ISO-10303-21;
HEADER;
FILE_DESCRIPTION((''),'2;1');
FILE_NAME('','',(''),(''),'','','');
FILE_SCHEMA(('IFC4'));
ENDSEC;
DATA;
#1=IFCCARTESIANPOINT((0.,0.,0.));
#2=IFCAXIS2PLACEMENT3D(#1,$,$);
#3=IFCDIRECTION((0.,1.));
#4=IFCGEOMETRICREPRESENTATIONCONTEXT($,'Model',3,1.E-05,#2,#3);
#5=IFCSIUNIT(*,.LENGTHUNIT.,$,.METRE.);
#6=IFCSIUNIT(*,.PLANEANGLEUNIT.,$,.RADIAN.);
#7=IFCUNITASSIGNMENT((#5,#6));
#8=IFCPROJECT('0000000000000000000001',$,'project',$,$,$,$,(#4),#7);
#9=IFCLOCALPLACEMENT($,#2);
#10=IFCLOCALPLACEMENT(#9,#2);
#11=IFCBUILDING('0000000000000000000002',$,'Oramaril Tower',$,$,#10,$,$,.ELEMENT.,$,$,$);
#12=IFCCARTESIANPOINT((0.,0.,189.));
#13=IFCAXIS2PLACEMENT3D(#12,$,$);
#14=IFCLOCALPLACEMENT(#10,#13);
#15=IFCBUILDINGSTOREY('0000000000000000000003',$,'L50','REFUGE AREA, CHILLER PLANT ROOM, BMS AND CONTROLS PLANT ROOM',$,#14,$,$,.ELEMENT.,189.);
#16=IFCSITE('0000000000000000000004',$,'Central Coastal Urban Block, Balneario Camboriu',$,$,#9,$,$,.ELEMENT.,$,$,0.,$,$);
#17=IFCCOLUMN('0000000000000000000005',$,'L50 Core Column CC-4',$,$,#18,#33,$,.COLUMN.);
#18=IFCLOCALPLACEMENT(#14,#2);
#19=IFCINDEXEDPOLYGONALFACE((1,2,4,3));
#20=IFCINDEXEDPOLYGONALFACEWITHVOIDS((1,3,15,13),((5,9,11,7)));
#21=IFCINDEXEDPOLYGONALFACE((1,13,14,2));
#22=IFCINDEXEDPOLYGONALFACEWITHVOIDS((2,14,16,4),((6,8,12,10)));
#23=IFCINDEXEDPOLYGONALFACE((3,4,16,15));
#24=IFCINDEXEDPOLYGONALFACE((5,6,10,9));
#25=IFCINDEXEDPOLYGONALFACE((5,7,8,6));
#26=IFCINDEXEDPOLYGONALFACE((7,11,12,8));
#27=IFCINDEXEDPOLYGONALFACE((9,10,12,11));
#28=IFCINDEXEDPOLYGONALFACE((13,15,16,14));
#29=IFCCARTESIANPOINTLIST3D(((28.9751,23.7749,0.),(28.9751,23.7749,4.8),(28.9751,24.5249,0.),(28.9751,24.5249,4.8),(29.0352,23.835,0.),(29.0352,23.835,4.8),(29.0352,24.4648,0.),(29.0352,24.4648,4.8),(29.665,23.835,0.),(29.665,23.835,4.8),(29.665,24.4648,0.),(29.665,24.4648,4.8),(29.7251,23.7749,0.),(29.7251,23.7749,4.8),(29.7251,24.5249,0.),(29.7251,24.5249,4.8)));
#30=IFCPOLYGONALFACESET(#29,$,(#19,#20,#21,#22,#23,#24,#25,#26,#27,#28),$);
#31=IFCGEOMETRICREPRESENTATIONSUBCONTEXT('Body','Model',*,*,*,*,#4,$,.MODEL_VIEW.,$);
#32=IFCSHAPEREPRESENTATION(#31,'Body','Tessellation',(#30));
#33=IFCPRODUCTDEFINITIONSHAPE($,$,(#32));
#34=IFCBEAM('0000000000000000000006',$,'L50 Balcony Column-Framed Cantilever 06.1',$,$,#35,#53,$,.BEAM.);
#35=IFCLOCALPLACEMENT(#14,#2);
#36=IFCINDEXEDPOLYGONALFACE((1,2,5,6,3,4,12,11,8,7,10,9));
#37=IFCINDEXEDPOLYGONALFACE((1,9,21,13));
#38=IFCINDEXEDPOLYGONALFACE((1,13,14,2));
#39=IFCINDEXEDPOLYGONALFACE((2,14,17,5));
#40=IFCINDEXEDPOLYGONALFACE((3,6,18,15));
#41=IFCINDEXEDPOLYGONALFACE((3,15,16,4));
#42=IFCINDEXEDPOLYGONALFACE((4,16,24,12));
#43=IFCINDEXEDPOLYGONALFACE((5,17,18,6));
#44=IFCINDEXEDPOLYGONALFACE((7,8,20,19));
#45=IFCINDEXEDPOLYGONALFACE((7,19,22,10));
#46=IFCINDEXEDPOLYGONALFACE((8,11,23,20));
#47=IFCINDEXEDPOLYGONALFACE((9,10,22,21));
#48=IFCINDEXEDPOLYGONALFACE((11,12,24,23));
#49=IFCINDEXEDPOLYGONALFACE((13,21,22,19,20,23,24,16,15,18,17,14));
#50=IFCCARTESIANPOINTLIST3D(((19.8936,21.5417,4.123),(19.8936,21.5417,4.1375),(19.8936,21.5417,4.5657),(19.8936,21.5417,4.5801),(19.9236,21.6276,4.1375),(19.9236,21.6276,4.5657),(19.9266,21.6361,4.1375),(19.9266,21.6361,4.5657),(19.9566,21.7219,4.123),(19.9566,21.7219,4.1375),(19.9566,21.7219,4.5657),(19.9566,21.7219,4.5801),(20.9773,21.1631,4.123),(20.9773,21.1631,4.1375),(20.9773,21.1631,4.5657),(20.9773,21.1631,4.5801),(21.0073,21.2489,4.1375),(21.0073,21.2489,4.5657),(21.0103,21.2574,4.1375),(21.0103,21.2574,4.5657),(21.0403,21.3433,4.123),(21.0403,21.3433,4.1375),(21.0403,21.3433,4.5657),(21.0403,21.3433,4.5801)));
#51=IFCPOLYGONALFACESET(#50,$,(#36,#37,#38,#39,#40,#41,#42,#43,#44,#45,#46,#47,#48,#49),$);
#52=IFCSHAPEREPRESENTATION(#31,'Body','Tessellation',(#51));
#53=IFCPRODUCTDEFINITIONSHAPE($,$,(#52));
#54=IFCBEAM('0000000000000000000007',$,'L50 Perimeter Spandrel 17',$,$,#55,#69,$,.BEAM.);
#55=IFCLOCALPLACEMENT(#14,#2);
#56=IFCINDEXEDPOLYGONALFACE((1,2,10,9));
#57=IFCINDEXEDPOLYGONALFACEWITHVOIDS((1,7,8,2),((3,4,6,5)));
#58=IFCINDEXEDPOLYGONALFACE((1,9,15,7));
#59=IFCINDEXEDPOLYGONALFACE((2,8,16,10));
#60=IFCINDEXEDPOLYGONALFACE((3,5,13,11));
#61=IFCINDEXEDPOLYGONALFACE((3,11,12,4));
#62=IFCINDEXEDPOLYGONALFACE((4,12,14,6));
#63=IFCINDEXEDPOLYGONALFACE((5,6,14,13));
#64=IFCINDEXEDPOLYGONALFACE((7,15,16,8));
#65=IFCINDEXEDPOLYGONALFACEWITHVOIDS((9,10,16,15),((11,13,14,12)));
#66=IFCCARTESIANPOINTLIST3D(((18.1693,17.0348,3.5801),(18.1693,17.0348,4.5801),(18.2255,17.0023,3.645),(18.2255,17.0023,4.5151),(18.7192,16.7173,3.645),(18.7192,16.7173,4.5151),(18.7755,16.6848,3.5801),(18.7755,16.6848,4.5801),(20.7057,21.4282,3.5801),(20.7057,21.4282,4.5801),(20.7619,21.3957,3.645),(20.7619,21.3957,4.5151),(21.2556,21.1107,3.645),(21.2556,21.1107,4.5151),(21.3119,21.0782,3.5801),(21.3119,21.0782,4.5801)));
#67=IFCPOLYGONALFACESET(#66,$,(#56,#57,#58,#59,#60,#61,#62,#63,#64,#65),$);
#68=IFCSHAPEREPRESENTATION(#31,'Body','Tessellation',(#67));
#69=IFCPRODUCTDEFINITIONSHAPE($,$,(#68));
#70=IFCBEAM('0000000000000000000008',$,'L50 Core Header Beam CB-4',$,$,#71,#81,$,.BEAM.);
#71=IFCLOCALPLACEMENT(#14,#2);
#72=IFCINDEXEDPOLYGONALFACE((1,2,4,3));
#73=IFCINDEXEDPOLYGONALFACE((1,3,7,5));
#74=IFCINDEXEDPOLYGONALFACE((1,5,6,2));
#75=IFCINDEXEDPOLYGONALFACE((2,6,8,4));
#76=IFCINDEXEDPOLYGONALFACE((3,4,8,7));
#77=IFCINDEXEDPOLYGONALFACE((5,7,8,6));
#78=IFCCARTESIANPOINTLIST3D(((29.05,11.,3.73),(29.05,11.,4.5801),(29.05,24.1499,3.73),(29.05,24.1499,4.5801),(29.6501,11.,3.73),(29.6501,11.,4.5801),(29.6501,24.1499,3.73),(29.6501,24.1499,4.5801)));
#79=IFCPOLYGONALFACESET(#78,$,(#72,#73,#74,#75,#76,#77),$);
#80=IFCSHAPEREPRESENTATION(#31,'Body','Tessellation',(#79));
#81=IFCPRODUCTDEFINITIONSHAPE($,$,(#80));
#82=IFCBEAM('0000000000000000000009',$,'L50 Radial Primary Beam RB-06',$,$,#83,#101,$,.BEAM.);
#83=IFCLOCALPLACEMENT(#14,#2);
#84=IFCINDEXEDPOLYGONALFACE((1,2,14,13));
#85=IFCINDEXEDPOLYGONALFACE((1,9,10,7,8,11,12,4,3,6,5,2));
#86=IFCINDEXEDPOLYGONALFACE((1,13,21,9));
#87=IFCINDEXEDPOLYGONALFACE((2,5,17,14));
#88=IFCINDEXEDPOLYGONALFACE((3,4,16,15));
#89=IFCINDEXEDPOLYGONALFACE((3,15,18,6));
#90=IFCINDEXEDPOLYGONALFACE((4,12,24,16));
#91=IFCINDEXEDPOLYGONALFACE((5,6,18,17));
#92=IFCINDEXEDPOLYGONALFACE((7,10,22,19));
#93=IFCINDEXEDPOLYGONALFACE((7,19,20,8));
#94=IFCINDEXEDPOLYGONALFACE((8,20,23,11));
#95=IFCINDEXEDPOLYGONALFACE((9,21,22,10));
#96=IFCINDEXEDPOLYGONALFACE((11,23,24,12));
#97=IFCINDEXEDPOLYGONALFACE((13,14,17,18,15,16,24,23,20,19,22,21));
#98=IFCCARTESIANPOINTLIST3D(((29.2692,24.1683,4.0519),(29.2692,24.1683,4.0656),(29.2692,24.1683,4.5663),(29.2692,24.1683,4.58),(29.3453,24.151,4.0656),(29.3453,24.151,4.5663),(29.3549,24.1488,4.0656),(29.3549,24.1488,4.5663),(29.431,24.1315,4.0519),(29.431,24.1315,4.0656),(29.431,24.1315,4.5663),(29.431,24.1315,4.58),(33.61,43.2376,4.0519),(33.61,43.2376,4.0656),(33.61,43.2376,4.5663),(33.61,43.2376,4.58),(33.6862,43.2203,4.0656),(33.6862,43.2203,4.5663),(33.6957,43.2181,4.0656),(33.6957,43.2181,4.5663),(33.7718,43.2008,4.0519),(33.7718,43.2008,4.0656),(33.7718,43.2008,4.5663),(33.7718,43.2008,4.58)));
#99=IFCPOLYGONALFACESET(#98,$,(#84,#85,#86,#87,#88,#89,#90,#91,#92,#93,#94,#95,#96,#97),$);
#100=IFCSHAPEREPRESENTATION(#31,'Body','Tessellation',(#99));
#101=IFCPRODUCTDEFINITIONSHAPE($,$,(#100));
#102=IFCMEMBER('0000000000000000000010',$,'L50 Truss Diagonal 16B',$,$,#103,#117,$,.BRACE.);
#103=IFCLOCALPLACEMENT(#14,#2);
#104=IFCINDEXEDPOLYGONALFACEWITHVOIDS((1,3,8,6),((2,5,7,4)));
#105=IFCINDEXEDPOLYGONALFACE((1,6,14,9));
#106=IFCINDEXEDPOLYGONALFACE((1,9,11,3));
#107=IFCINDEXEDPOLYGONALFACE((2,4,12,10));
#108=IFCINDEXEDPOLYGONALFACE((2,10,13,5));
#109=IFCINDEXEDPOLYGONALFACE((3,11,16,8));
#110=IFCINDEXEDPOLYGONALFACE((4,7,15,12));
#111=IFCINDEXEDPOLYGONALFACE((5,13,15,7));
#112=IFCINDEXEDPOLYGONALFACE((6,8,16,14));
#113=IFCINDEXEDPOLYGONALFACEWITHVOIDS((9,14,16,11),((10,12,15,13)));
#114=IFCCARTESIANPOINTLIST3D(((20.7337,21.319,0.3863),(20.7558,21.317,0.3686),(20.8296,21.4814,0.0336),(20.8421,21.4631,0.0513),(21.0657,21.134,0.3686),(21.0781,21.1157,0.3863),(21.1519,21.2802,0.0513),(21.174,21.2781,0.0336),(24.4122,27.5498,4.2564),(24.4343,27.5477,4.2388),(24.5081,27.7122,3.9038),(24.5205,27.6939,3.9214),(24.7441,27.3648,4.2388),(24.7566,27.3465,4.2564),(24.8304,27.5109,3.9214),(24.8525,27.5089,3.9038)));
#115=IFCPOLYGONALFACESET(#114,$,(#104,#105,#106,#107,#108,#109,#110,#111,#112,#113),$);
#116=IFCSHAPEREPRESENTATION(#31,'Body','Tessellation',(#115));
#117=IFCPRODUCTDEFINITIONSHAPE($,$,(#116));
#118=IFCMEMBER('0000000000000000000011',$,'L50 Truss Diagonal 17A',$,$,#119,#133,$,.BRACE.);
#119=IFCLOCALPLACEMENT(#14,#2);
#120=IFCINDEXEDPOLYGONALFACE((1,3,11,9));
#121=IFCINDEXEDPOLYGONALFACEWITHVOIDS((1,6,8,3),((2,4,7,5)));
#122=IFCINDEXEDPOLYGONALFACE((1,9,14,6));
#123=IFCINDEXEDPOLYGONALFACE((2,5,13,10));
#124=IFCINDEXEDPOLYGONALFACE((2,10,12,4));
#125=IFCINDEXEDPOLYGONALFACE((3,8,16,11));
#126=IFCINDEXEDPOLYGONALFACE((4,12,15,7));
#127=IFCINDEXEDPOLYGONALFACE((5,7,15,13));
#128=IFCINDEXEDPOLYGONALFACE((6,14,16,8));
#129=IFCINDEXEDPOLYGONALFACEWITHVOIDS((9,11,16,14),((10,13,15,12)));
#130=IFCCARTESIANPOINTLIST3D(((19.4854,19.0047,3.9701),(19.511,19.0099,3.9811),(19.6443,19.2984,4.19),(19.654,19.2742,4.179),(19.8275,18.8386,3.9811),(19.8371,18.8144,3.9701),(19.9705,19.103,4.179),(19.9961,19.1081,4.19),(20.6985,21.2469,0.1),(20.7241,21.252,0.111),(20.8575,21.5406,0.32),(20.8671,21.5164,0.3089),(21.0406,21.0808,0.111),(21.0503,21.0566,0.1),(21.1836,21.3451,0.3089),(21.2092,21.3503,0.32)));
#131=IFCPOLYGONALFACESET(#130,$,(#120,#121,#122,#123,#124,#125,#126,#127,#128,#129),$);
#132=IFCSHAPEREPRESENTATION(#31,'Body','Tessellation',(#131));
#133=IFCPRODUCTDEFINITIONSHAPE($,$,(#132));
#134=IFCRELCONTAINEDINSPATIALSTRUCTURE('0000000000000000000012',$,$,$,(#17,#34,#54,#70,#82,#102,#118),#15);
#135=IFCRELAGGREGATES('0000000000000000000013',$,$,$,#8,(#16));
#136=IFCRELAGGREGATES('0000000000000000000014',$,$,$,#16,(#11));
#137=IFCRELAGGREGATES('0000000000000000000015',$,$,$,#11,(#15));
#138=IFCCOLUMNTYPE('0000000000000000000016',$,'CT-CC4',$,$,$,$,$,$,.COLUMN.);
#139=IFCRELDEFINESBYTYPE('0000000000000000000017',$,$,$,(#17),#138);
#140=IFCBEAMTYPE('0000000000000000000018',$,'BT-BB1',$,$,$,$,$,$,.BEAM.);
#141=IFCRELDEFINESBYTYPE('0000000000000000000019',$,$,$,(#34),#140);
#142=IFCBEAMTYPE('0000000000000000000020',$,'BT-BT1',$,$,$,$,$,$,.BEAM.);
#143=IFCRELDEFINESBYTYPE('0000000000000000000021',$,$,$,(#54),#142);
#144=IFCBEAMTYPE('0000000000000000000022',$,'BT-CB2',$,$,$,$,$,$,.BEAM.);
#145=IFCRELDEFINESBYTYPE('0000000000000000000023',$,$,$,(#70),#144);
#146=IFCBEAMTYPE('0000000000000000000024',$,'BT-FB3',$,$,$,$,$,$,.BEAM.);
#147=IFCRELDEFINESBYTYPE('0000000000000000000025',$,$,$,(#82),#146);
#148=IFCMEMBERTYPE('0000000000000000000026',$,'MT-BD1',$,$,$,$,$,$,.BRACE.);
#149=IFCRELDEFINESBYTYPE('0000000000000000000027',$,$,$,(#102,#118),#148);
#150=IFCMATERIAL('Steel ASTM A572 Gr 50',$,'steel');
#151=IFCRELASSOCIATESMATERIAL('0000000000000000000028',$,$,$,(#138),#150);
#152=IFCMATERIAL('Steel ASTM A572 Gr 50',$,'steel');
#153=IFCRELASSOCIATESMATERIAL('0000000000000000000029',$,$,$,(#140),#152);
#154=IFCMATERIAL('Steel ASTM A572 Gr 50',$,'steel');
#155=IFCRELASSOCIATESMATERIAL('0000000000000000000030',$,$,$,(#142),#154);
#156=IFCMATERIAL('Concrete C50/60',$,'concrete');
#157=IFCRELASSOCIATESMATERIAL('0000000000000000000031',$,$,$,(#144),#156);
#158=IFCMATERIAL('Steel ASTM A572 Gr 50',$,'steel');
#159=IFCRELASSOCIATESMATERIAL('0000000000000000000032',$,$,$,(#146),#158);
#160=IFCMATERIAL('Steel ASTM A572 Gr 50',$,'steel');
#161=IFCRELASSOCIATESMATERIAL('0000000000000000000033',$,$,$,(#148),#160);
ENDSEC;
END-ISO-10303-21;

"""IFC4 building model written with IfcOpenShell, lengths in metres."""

from ifc_helpers import new_model, si_unit, direction, frame, origin, origin_2d, place, context, subcontext, project, spatial, rectangle, hollow_rectangle, i_section, extrude, material, material_profile, profile_set, type_object, element, save


model = new_model("IFC4")

# Units and contexts
model_context = context("Model", 3, precision=1e-05, world=origin(), true_north=direction((0.0, 1.0)))
body_context = subcontext(model_context, "Body", "Model", "MODEL_VIEW")
ifc_project = project(units=[si_unit("LENGTHUNIT", "METRE"), si_unit("PLANEANGLEUNIT", "RADIAN")], contexts=[model_context])

# Site, building, storey
site_placement = place(None, origin())
site = spatial("IfcSite", under=ifc_project, at=site_placement, Name="Central Coastal Urban Block, Balneario Camboriu", CompositionType="ELEMENT", RefElevation=0.0)
building_placement = place(site_placement, origin())
building = spatial("IfcBuilding", under=site, at=building_placement, Name="Oramaril Tower", CompositionType="ELEMENT")
storey_placement = place(building_placement, frame((0.0, 0.0, 189.0)))
storey = spatial("IfcBuildingStorey", under=building, at=storey_placement, Name="L50", Description="REFUGE AREA, CHILLER PLANT ROOM, BMS AND CONTROLS PLANT ROOM", CompositionType="ELEMENT", Elevation=189.0)

# Column
ifc_material_1 = material(Name="Steel ASTM A572 Gr 50", Category="steel")
ifc_material_profile_1 = material_profile(ifc_material_1, hollow_rectangle(XDim=0.75, YDim=0.75, WallThickness=0.0601, at=origin_2d()), Name="BOX750X750X60")
ifc_profile_set_1 = profile_set([ifc_material_profile_1], Name="Steel ASTM A572 Gr 50")
column_type = type_object("IfcColumnType", Name="CT-CC4", PredefinedType="COLUMN", material=ifc_profile_set_1)
column_placement = place(storey_placement, frame((29.3501, 24.1499, 0.0), z_axis=(0.0, 0.0, 1.0), x_axis=(1.0, 0.0, 0.0)))
element("IfcColumn", 1, at=column_placement, inside=storey, type_object=column_type, Name="L50 Core Column CC-4", PredefinedType="COLUMN", context=body_context, shape_type="SweptSolid", body=[
    extrude(hollow_rectangle(XDim=0.75, YDim=0.75, WallThickness=0.0601, at=origin_2d()), origin(), (0.0, 0.0, 1.0), 4.8),
])

# Beams
ifc_material_2 = material(Name="Steel ASTM A572 Gr 50", Category="steel")
ifc_material_profile_2 = material_profile(ifc_material_2, i_section(OverallWidth=0.1909, OverallDepth=0.457, WebThickness=0.009, FlangeThickness=0.0144, at=origin_2d()), Name="W18X50")
ifc_profile_set_2 = profile_set([ifc_material_profile_2], Name="Steel ASTM A572 Gr 50")
beam_type_1 = type_object("IfcBeamType", Name="BT-BB1", PredefinedType="BEAM", material=ifc_profile_set_2)
beam_1_placement = place(storey_placement, frame((21.0088, 21.2532, 4.3516), z_axis=(-0.944034, 0.329848, 0.0), x_axis=(-0.329848, -0.944034, 0.0)))
element("IfcBeam", 2, at=beam_1_placement, inside=storey, type_object=beam_type_1, Name="L50 Balcony Column-Framed Cantilever 06.1", PredefinedType="BEAM", context=body_context, shape_type="SweptSolid", body=[
    extrude(i_section(OverallWidth=0.1909, OverallDepth=0.457, WebThickness=0.009, FlangeThickness=0.0144, at=origin_2d()), origin(), (0.0, 0.0, 1.0), 1.1479),
])
ifc_material_3 = material(Name="Steel ASTM A572 Gr 50", Category="steel")
ifc_material_profile_3 = material_profile(ifc_material_3, hollow_rectangle(XDim=0.7, YDim=1.0, WallThickness=0.0649, at=origin_2d()), Name="BOX1000X700X65")
ifc_profile_set_3 = profile_set([ifc_material_profile_3], Name="Steel ASTM A572 Gr 50")
beam_type_2 = type_object("IfcBeamType", Name="BT-BT1", PredefinedType="BEAM", material=ifc_profile_set_3)
beam_2_placement = place(storey_placement, frame((21.0088, 21.2532, 4.0801), z_axis=(-0.499985, -0.866034, 0.0), x_axis=(0.866034, -0.499985, 0.0)))
element("IfcBeam", 3, at=beam_2_placement, inside=storey, type_object=beam_type_2, Name="L50 Perimeter Spandrel 17", PredefinedType="BEAM", context=body_context, shape_type="SweptSolid", body=[
    extrude(hollow_rectangle(XDim=0.7, YDim=1.0, WallThickness=0.0649, at=origin_2d()), origin(), (0.0, 0.0, 1.0), 5.073),
])
ifc_material_4 = material(Name="Concrete C50/60", Category="concrete")
ifc_material_profile_4 = material_profile(ifc_material_4, rectangle(XDim=0.6001, YDim=0.8501, at=origin_2d()), Name="CB600X850")
ifc_profile_set_4 = profile_set([ifc_material_profile_4], Name="Concrete C50/60")
beam_type_3 = type_object("IfcBeamType", Name="BT-CB2", PredefinedType="BEAM", material=ifc_profile_set_4)
beam_3_placement = place(storey_placement, frame((29.3501, 24.1499, 4.155), z_axis=(0.0, -1.0, 0.0), x_axis=(1.0, 0.0, 0.0)))
element("IfcBeam", 4, at=beam_3_placement, inside=storey, type_object=beam_type_3, Name="L50 Core Header Beam CB-4", PredefinedType="BEAM", context=body_context, shape_type="SweptSolid", body=[
    extrude(rectangle(XDim=0.6001, YDim=0.8501, at=origin_2d()), origin(), (0.0, 0.0, 1.0), 13.1499),
])
ifc_material_5 = material(Name="Steel ASTM A572 Gr 50", Category="steel")
ifc_material_profile_5 = material_profile(ifc_material_5, i_section(OverallWidth=0.166, OverallDepth=0.5281, WebThickness=0.0098, FlangeThickness=0.0137, at=origin_2d()), Name="W21X50")
ifc_profile_set_5 = profile_set([ifc_material_profile_5], Name="Steel ASTM A572 Gr 50")
beam_type_4 = type_object("IfcBeamType", Name="BT-FB3", PredefinedType="BEAM", material=ifc_profile_set_5)
beam_4_placement = place(storey_placement, frame((29.3501, 24.1499, 4.3159), z_axis=(0.221956, 0.975057, 0.0), x_axis=(-0.975057, 0.221956, 0.0)))
element("IfcBeam", 5, at=beam_4_placement, inside=storey, type_object=beam_type_4, Name="L50 Radial Primary Beam RB-06", PredefinedType="BEAM", context=body_context, shape_type="SweptSolid", body=[
    extrude(i_section(OverallWidth=0.166, OverallDepth=0.5281, WebThickness=0.0098, FlangeThickness=0.0137, at=origin_2d()), origin(), (0.0, 0.0, 1.0), 19.5571),
])

# Members
ifc_material_6 = material(Name="Steel ASTM A572 Gr 50", Category="steel")
ifc_material_profile_6 = material_profile(ifc_material_6, hollow_rectangle(XDim=0.3999, YDim=0.3999, WallThickness=0.02, at=origin_2d()), Name="HSS400X400X20")
ifc_profile_set_6 = profile_set([ifc_material_profile_6], Name="Steel ASTM A572 Gr 50")
member_type_1 = type_object("IfcMemberType", Name="MT-BD1", PredefinedType="BRACE", material=ifc_profile_set_6)
member_1_placement = place(storey_placement, frame((20.9539, 21.2986, 0.21), z_axis=(0.448291, 0.759331, 0.471647), x_axis=(-0.861127, 0.508389, 0.0)))
element("IfcMember", 6, at=member_1_placement, inside=storey, type_object=member_type_1, Name="L50 Truss Diagonal 16B", PredefinedType="BRACE", context=body_context, shape_type="SweptSolid", body=[
    extrude(hollow_rectangle(XDim=0.3999, YDim=0.3999, WallThickness=0.02, at=origin_2d()), origin(), (0.0, 0.0, 1.0), 8.2056),
])
member_2_placement = place(storey_placement, frame((20.9539, 21.2986, 0.21), z_axis=(-0.261772, -0.483822, 0.8351), x_axis=(0.879519, -0.475864, 0.0)))
element("IfcMember", 7, at=member_2_placement, inside=storey, type_object=member_type_1, Name="L50 Truss Diagonal 17A", PredefinedType="BRACE", context=body_context, shape_type="SweptSolid", body=[
    extrude(hollow_rectangle(XDim=0.3999, YDim=0.3999, WallThickness=0.02, at=origin_2d()), origin(), (0.0, 0.0, 1.0), 4.6343),
])

save(model, "model.ifc")
